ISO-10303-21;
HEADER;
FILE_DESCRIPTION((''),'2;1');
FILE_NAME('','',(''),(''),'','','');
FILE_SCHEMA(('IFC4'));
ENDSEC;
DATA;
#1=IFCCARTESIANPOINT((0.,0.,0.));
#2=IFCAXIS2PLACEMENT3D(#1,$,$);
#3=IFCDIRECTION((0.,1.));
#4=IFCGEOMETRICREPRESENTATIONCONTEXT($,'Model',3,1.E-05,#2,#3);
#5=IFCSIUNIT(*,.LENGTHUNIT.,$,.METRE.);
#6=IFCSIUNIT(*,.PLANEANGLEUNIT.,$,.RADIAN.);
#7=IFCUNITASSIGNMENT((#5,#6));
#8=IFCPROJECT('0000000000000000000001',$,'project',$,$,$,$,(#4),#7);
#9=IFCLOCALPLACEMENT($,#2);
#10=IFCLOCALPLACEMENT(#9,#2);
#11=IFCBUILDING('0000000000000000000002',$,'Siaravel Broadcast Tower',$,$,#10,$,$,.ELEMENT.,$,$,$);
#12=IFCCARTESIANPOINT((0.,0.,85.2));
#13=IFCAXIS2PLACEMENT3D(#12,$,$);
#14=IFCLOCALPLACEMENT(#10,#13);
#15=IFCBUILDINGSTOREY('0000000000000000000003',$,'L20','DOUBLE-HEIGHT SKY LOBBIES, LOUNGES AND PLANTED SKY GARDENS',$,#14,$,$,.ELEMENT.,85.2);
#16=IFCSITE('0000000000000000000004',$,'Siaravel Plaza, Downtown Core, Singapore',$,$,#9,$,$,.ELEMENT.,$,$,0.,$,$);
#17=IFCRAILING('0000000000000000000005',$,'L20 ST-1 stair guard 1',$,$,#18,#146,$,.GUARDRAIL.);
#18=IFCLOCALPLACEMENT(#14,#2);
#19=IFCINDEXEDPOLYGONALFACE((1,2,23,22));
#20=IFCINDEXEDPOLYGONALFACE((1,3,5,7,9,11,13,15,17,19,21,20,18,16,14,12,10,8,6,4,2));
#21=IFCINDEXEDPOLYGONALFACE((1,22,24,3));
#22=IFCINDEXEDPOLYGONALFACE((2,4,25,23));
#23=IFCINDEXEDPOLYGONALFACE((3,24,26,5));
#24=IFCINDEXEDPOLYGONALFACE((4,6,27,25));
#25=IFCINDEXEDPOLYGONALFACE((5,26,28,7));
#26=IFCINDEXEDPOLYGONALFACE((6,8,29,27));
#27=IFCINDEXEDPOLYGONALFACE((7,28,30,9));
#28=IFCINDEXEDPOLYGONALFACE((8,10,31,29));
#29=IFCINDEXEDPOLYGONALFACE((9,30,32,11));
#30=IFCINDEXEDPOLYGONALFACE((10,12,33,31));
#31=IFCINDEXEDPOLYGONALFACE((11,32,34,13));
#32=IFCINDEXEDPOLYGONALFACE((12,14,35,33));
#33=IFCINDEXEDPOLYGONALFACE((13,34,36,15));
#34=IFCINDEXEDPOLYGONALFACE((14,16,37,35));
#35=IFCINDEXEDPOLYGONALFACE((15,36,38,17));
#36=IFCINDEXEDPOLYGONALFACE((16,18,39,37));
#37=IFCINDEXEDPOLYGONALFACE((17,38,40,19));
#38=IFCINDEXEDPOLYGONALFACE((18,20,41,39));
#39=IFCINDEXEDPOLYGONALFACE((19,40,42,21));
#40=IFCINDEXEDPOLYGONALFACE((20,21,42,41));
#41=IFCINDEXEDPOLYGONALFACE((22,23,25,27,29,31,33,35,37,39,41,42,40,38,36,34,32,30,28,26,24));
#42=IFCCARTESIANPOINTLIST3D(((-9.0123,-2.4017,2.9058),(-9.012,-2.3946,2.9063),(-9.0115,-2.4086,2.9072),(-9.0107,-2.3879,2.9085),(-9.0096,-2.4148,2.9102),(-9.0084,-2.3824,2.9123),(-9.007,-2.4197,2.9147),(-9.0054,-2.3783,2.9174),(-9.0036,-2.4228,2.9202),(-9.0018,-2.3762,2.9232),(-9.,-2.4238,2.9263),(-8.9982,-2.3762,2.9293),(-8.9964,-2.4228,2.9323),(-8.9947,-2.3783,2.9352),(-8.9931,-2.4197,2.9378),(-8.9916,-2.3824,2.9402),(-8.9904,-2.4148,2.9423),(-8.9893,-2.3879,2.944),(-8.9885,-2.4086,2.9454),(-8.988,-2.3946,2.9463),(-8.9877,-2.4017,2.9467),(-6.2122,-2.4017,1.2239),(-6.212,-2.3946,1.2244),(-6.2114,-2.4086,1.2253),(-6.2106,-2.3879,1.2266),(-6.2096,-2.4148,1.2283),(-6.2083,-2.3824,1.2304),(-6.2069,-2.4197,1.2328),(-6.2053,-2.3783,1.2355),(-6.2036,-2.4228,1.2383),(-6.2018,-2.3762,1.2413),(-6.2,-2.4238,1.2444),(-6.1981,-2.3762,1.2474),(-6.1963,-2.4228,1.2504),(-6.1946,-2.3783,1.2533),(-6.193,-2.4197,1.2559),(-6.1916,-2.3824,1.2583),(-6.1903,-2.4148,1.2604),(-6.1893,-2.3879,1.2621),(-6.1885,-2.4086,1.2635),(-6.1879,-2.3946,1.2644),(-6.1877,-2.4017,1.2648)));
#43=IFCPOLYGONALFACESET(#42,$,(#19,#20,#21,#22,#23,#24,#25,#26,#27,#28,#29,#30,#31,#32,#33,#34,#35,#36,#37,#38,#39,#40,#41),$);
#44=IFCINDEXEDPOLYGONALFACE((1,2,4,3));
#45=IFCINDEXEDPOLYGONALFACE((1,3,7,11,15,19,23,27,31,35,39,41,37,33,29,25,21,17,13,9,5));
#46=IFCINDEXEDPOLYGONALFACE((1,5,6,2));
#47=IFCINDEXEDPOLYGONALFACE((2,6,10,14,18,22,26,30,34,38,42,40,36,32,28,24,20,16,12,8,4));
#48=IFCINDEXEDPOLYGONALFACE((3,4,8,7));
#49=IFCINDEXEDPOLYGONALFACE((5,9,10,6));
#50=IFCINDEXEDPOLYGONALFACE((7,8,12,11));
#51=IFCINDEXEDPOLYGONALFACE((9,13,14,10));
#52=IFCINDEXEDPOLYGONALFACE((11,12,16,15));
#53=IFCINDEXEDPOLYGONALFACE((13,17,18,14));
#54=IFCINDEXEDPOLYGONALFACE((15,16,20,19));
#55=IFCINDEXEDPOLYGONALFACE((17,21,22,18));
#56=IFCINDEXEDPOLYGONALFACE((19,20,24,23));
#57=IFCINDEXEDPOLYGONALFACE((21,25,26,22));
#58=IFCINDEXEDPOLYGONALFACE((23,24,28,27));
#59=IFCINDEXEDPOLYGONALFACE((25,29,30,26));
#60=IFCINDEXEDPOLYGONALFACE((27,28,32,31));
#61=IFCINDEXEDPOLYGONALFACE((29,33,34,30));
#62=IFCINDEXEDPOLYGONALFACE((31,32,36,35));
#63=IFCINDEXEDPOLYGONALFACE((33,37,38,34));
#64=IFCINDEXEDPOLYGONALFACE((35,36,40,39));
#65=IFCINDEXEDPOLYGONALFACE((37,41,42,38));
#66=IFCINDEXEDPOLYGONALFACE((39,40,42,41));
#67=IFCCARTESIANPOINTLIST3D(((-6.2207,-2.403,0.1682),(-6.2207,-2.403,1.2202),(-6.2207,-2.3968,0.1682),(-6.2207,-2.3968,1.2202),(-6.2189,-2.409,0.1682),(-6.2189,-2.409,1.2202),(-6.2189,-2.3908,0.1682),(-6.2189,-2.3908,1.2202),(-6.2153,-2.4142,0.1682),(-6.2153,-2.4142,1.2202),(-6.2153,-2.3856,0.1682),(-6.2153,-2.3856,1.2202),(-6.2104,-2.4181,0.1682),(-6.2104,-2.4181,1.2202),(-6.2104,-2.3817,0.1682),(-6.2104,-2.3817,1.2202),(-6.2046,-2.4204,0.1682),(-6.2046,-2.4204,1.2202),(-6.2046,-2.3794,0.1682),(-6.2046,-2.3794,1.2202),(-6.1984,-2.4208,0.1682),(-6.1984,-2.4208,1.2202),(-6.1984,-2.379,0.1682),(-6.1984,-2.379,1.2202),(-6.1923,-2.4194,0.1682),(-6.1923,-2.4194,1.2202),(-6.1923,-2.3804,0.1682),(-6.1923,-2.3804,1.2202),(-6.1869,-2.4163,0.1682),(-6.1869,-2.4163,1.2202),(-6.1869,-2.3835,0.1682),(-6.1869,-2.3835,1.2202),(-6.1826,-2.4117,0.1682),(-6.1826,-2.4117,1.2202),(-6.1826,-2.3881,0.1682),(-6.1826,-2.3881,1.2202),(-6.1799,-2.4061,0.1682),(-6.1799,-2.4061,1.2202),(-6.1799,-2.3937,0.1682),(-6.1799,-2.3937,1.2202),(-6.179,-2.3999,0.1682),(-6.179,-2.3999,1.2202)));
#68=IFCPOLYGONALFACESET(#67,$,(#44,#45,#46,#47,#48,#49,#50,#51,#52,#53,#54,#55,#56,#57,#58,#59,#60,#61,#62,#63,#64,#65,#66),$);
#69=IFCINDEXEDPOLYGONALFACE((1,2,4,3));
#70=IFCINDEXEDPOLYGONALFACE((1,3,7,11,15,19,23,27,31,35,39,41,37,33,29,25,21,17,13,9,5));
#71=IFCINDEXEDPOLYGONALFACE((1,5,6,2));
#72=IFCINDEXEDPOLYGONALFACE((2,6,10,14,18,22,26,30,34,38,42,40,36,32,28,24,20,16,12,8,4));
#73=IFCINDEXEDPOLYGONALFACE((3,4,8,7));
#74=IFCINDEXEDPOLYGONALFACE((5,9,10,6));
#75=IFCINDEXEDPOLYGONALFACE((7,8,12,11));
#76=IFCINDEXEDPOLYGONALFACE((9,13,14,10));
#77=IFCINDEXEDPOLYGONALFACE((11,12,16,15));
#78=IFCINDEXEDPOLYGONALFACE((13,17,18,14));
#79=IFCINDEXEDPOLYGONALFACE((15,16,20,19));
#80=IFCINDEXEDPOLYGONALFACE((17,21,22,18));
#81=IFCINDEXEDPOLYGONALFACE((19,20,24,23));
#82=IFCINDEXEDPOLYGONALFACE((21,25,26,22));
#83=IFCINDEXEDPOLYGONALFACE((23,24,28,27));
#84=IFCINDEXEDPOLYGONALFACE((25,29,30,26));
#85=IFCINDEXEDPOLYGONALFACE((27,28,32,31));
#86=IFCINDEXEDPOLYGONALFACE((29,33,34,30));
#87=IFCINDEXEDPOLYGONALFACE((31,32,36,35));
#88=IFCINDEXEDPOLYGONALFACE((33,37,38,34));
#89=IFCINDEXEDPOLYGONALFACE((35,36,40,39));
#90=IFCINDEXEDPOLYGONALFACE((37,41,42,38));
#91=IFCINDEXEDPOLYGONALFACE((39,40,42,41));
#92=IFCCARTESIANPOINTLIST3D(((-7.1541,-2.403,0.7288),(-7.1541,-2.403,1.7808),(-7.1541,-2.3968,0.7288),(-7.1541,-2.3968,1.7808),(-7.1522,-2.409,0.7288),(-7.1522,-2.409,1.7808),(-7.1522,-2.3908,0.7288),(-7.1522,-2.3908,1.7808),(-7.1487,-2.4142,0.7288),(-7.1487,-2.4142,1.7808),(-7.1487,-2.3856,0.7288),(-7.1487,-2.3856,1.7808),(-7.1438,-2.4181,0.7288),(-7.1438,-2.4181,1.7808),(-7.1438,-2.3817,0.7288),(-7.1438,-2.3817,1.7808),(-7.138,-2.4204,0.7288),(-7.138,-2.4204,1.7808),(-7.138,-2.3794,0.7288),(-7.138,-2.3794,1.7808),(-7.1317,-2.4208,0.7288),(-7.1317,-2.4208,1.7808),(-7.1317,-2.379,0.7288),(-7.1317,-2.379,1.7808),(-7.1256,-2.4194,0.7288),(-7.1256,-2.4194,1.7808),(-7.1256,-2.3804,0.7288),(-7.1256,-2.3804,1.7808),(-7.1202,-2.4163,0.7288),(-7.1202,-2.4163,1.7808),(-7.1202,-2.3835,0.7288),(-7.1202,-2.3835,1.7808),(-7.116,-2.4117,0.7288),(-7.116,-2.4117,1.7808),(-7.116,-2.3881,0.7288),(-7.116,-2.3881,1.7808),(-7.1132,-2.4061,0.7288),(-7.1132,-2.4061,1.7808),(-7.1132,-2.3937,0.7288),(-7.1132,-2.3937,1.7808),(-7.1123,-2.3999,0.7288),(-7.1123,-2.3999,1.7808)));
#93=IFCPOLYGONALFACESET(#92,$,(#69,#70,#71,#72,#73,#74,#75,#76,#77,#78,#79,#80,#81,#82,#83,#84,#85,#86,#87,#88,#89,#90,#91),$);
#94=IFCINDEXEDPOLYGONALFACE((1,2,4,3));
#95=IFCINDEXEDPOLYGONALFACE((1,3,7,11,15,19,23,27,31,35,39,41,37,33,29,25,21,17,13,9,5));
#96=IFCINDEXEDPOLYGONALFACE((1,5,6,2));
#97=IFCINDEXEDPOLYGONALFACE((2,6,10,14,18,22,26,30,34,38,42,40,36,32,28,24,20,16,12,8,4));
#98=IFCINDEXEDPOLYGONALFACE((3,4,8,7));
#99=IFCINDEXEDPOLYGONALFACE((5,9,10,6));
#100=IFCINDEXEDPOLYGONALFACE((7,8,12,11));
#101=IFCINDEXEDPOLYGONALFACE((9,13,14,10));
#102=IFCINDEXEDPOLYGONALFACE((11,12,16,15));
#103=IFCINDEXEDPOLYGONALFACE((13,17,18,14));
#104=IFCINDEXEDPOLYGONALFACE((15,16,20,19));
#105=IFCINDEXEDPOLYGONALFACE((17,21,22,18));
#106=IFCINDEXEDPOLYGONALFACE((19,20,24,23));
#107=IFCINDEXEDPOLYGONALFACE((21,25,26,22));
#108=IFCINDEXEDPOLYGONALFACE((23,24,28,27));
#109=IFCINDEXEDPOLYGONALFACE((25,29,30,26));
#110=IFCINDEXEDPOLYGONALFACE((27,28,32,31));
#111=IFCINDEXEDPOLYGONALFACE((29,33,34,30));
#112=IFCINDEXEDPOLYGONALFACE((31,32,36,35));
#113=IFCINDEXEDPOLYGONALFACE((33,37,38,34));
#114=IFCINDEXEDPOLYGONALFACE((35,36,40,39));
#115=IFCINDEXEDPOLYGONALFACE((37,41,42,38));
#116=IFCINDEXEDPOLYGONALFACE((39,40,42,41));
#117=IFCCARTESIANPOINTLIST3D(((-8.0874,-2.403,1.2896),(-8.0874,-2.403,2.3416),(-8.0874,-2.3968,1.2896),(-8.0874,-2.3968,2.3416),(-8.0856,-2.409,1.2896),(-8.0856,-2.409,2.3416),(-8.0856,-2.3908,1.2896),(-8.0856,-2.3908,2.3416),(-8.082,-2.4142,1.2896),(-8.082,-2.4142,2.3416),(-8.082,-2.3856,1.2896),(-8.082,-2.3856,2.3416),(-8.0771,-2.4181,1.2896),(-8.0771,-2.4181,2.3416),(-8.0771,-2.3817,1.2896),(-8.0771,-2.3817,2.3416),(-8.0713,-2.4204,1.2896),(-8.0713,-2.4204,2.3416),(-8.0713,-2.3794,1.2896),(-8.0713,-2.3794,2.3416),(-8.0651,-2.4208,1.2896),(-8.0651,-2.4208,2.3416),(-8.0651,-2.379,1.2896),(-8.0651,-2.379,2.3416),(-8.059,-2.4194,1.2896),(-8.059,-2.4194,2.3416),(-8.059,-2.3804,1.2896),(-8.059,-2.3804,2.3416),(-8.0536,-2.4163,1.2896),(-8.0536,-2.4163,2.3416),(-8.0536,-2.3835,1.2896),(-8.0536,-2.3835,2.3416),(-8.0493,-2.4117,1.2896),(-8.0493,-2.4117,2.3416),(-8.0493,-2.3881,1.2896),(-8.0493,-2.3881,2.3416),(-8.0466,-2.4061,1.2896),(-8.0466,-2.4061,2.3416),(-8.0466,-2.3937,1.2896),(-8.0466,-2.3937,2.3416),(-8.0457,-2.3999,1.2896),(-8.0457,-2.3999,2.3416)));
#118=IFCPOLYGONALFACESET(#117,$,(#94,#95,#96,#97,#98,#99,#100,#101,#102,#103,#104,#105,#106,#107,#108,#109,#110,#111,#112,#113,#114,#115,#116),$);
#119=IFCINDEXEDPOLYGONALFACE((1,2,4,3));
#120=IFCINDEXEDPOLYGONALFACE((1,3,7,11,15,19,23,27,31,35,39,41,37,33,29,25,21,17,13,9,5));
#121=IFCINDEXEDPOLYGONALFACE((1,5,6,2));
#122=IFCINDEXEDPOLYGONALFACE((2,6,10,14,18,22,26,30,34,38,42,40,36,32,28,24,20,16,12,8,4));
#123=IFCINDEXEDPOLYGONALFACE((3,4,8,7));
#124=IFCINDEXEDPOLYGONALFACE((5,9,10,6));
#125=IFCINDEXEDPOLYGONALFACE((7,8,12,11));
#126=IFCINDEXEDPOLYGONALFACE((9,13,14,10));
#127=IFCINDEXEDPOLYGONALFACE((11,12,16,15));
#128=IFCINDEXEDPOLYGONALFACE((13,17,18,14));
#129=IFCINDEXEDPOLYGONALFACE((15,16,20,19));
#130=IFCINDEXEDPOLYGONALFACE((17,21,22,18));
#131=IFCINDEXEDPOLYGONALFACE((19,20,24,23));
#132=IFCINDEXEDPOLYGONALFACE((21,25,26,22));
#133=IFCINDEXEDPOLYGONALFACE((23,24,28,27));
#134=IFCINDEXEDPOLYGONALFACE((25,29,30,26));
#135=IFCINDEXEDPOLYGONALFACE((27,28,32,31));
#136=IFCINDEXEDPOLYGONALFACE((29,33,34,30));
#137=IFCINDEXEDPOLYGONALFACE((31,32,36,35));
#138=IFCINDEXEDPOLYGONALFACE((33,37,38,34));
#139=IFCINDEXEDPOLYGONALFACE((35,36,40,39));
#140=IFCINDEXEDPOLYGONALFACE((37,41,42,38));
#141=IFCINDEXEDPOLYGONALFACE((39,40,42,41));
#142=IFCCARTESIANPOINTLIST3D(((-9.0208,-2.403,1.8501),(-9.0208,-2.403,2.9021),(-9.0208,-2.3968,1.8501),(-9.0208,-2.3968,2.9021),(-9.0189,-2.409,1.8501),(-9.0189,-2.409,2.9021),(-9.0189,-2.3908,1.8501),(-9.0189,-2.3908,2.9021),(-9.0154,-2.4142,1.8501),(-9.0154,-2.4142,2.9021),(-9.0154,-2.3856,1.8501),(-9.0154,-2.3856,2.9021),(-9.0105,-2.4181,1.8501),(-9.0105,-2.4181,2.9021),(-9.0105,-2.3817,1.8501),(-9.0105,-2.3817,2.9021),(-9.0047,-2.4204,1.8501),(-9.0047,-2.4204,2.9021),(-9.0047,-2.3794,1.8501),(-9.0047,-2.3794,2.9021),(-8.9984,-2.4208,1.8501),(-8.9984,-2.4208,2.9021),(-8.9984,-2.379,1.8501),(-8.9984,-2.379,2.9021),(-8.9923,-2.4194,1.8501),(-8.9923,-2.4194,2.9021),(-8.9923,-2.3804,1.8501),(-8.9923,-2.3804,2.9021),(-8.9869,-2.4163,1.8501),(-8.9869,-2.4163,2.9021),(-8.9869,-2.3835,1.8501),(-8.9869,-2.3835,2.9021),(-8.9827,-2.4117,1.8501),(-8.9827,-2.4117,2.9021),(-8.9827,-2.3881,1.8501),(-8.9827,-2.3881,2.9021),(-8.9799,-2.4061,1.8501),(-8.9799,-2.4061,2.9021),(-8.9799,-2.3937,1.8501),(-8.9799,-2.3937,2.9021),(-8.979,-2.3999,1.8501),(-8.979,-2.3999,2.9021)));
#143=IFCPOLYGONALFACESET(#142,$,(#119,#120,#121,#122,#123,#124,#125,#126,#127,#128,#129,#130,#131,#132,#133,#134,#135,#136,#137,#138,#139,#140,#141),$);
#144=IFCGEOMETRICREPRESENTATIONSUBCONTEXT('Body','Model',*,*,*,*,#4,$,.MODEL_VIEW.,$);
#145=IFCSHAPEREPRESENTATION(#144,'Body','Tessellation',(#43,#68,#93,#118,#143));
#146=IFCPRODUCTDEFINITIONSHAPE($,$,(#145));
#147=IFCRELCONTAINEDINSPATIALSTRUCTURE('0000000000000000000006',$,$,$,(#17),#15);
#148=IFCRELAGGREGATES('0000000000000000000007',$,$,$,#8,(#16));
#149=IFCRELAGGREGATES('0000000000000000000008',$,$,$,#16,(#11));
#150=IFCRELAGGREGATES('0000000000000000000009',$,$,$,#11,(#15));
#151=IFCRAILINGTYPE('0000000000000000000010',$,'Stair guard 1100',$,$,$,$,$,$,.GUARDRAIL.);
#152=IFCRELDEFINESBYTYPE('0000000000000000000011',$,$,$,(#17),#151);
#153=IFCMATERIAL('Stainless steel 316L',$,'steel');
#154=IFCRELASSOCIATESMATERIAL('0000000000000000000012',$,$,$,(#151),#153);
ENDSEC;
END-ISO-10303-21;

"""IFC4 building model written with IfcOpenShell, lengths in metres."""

from ifc_helpers import new_model, si_unit, direction, frame, origin, origin_2d, place, context, subcontext, project, spatial, circle, extrude, material, type_object, element, save


model = new_model("IFC4")

# Units and contexts
model_context = context("Model", 3, precision=1e-05, world=origin(), true_north=direction((0.0, 1.0)))
body_context = subcontext(model_context, "Body", "Model", "MODEL_VIEW")
ifc_project = project(units=[si_unit("LENGTHUNIT", "METRE"), si_unit("PLANEANGLEUNIT", "RADIAN")], contexts=[model_context])

# Site, building, storey
site_placement = place(None, origin())
site = spatial("IfcSite", under=ifc_project, at=site_placement, Name="Siaravel Plaza, Downtown Core, Singapore", CompositionType="ELEMENT", RefElevation=0.0)
building_placement = place(site_placement, origin())
building = spatial("IfcBuilding", under=site, at=building_placement, Name="Siaravel Broadcast Tower", CompositionType="ELEMENT")
storey_placement = place(building_placement, frame((0.0, 0.0, 85.2)))
storey = spatial("IfcBuildingStorey", under=building, at=storey_placement, Name="L20", Description="DOUBLE-HEIGHT SKY LOBBIES, LOUNGES AND PLANTED SKY GARDENS", CompositionType="ELEMENT", Elevation=85.2)

# Railing
ifc_material_1 = material(Name="Stainless steel 316L", Category="steel")
railing_type_1 = type_object("IfcRailingType", Name="Stair guard 1100", PredefinedType="GUARDRAIL", material=ifc_material_1)
railing_1_placement = place(storey_placement, frame((-6.2, -2.3999, 0.1682)))
element("IfcRailing", 1, at=railing_1_placement, inside=storey, type_object=railing_type_1, Name="L20 ST-1 stair guard 1", PredefinedType="GUARDRAIL", context=body_context, shape_type="SweptSolid", body=[
    extrude(circle(Radius=0.0239, at=origin_2d()), frame((0.0, 0.0, 1.0762), z_axis=(-0.857242, 0.0, 0.514913), x_axis=(0.0, -1.0, 0.0)), (0.0, 0.0, 1.0), 3.2664),
    extrude(circle(Radius=0.021, at=origin_2d()), origin(), (0.0, 0.0, 1.0), 1.052),
    extrude(circle(Radius=0.021, at=origin_2d()), frame((-0.9333, 0.0, 0.5605)), (0.0, 0.0, 1.0), 1.052),
    extrude(circle(Radius=0.021, at=origin_2d()), frame((-1.8667, 0.0, 1.1213)), (0.0, 0.0, 1.0), 1.052),
    extrude(circle(Radius=0.021, at=origin_2d()), frame((-2.8, 0.0, 1.6819)), (0.0, 0.0, 1.0), 1.052),
])

save(model, "model.ifc")
